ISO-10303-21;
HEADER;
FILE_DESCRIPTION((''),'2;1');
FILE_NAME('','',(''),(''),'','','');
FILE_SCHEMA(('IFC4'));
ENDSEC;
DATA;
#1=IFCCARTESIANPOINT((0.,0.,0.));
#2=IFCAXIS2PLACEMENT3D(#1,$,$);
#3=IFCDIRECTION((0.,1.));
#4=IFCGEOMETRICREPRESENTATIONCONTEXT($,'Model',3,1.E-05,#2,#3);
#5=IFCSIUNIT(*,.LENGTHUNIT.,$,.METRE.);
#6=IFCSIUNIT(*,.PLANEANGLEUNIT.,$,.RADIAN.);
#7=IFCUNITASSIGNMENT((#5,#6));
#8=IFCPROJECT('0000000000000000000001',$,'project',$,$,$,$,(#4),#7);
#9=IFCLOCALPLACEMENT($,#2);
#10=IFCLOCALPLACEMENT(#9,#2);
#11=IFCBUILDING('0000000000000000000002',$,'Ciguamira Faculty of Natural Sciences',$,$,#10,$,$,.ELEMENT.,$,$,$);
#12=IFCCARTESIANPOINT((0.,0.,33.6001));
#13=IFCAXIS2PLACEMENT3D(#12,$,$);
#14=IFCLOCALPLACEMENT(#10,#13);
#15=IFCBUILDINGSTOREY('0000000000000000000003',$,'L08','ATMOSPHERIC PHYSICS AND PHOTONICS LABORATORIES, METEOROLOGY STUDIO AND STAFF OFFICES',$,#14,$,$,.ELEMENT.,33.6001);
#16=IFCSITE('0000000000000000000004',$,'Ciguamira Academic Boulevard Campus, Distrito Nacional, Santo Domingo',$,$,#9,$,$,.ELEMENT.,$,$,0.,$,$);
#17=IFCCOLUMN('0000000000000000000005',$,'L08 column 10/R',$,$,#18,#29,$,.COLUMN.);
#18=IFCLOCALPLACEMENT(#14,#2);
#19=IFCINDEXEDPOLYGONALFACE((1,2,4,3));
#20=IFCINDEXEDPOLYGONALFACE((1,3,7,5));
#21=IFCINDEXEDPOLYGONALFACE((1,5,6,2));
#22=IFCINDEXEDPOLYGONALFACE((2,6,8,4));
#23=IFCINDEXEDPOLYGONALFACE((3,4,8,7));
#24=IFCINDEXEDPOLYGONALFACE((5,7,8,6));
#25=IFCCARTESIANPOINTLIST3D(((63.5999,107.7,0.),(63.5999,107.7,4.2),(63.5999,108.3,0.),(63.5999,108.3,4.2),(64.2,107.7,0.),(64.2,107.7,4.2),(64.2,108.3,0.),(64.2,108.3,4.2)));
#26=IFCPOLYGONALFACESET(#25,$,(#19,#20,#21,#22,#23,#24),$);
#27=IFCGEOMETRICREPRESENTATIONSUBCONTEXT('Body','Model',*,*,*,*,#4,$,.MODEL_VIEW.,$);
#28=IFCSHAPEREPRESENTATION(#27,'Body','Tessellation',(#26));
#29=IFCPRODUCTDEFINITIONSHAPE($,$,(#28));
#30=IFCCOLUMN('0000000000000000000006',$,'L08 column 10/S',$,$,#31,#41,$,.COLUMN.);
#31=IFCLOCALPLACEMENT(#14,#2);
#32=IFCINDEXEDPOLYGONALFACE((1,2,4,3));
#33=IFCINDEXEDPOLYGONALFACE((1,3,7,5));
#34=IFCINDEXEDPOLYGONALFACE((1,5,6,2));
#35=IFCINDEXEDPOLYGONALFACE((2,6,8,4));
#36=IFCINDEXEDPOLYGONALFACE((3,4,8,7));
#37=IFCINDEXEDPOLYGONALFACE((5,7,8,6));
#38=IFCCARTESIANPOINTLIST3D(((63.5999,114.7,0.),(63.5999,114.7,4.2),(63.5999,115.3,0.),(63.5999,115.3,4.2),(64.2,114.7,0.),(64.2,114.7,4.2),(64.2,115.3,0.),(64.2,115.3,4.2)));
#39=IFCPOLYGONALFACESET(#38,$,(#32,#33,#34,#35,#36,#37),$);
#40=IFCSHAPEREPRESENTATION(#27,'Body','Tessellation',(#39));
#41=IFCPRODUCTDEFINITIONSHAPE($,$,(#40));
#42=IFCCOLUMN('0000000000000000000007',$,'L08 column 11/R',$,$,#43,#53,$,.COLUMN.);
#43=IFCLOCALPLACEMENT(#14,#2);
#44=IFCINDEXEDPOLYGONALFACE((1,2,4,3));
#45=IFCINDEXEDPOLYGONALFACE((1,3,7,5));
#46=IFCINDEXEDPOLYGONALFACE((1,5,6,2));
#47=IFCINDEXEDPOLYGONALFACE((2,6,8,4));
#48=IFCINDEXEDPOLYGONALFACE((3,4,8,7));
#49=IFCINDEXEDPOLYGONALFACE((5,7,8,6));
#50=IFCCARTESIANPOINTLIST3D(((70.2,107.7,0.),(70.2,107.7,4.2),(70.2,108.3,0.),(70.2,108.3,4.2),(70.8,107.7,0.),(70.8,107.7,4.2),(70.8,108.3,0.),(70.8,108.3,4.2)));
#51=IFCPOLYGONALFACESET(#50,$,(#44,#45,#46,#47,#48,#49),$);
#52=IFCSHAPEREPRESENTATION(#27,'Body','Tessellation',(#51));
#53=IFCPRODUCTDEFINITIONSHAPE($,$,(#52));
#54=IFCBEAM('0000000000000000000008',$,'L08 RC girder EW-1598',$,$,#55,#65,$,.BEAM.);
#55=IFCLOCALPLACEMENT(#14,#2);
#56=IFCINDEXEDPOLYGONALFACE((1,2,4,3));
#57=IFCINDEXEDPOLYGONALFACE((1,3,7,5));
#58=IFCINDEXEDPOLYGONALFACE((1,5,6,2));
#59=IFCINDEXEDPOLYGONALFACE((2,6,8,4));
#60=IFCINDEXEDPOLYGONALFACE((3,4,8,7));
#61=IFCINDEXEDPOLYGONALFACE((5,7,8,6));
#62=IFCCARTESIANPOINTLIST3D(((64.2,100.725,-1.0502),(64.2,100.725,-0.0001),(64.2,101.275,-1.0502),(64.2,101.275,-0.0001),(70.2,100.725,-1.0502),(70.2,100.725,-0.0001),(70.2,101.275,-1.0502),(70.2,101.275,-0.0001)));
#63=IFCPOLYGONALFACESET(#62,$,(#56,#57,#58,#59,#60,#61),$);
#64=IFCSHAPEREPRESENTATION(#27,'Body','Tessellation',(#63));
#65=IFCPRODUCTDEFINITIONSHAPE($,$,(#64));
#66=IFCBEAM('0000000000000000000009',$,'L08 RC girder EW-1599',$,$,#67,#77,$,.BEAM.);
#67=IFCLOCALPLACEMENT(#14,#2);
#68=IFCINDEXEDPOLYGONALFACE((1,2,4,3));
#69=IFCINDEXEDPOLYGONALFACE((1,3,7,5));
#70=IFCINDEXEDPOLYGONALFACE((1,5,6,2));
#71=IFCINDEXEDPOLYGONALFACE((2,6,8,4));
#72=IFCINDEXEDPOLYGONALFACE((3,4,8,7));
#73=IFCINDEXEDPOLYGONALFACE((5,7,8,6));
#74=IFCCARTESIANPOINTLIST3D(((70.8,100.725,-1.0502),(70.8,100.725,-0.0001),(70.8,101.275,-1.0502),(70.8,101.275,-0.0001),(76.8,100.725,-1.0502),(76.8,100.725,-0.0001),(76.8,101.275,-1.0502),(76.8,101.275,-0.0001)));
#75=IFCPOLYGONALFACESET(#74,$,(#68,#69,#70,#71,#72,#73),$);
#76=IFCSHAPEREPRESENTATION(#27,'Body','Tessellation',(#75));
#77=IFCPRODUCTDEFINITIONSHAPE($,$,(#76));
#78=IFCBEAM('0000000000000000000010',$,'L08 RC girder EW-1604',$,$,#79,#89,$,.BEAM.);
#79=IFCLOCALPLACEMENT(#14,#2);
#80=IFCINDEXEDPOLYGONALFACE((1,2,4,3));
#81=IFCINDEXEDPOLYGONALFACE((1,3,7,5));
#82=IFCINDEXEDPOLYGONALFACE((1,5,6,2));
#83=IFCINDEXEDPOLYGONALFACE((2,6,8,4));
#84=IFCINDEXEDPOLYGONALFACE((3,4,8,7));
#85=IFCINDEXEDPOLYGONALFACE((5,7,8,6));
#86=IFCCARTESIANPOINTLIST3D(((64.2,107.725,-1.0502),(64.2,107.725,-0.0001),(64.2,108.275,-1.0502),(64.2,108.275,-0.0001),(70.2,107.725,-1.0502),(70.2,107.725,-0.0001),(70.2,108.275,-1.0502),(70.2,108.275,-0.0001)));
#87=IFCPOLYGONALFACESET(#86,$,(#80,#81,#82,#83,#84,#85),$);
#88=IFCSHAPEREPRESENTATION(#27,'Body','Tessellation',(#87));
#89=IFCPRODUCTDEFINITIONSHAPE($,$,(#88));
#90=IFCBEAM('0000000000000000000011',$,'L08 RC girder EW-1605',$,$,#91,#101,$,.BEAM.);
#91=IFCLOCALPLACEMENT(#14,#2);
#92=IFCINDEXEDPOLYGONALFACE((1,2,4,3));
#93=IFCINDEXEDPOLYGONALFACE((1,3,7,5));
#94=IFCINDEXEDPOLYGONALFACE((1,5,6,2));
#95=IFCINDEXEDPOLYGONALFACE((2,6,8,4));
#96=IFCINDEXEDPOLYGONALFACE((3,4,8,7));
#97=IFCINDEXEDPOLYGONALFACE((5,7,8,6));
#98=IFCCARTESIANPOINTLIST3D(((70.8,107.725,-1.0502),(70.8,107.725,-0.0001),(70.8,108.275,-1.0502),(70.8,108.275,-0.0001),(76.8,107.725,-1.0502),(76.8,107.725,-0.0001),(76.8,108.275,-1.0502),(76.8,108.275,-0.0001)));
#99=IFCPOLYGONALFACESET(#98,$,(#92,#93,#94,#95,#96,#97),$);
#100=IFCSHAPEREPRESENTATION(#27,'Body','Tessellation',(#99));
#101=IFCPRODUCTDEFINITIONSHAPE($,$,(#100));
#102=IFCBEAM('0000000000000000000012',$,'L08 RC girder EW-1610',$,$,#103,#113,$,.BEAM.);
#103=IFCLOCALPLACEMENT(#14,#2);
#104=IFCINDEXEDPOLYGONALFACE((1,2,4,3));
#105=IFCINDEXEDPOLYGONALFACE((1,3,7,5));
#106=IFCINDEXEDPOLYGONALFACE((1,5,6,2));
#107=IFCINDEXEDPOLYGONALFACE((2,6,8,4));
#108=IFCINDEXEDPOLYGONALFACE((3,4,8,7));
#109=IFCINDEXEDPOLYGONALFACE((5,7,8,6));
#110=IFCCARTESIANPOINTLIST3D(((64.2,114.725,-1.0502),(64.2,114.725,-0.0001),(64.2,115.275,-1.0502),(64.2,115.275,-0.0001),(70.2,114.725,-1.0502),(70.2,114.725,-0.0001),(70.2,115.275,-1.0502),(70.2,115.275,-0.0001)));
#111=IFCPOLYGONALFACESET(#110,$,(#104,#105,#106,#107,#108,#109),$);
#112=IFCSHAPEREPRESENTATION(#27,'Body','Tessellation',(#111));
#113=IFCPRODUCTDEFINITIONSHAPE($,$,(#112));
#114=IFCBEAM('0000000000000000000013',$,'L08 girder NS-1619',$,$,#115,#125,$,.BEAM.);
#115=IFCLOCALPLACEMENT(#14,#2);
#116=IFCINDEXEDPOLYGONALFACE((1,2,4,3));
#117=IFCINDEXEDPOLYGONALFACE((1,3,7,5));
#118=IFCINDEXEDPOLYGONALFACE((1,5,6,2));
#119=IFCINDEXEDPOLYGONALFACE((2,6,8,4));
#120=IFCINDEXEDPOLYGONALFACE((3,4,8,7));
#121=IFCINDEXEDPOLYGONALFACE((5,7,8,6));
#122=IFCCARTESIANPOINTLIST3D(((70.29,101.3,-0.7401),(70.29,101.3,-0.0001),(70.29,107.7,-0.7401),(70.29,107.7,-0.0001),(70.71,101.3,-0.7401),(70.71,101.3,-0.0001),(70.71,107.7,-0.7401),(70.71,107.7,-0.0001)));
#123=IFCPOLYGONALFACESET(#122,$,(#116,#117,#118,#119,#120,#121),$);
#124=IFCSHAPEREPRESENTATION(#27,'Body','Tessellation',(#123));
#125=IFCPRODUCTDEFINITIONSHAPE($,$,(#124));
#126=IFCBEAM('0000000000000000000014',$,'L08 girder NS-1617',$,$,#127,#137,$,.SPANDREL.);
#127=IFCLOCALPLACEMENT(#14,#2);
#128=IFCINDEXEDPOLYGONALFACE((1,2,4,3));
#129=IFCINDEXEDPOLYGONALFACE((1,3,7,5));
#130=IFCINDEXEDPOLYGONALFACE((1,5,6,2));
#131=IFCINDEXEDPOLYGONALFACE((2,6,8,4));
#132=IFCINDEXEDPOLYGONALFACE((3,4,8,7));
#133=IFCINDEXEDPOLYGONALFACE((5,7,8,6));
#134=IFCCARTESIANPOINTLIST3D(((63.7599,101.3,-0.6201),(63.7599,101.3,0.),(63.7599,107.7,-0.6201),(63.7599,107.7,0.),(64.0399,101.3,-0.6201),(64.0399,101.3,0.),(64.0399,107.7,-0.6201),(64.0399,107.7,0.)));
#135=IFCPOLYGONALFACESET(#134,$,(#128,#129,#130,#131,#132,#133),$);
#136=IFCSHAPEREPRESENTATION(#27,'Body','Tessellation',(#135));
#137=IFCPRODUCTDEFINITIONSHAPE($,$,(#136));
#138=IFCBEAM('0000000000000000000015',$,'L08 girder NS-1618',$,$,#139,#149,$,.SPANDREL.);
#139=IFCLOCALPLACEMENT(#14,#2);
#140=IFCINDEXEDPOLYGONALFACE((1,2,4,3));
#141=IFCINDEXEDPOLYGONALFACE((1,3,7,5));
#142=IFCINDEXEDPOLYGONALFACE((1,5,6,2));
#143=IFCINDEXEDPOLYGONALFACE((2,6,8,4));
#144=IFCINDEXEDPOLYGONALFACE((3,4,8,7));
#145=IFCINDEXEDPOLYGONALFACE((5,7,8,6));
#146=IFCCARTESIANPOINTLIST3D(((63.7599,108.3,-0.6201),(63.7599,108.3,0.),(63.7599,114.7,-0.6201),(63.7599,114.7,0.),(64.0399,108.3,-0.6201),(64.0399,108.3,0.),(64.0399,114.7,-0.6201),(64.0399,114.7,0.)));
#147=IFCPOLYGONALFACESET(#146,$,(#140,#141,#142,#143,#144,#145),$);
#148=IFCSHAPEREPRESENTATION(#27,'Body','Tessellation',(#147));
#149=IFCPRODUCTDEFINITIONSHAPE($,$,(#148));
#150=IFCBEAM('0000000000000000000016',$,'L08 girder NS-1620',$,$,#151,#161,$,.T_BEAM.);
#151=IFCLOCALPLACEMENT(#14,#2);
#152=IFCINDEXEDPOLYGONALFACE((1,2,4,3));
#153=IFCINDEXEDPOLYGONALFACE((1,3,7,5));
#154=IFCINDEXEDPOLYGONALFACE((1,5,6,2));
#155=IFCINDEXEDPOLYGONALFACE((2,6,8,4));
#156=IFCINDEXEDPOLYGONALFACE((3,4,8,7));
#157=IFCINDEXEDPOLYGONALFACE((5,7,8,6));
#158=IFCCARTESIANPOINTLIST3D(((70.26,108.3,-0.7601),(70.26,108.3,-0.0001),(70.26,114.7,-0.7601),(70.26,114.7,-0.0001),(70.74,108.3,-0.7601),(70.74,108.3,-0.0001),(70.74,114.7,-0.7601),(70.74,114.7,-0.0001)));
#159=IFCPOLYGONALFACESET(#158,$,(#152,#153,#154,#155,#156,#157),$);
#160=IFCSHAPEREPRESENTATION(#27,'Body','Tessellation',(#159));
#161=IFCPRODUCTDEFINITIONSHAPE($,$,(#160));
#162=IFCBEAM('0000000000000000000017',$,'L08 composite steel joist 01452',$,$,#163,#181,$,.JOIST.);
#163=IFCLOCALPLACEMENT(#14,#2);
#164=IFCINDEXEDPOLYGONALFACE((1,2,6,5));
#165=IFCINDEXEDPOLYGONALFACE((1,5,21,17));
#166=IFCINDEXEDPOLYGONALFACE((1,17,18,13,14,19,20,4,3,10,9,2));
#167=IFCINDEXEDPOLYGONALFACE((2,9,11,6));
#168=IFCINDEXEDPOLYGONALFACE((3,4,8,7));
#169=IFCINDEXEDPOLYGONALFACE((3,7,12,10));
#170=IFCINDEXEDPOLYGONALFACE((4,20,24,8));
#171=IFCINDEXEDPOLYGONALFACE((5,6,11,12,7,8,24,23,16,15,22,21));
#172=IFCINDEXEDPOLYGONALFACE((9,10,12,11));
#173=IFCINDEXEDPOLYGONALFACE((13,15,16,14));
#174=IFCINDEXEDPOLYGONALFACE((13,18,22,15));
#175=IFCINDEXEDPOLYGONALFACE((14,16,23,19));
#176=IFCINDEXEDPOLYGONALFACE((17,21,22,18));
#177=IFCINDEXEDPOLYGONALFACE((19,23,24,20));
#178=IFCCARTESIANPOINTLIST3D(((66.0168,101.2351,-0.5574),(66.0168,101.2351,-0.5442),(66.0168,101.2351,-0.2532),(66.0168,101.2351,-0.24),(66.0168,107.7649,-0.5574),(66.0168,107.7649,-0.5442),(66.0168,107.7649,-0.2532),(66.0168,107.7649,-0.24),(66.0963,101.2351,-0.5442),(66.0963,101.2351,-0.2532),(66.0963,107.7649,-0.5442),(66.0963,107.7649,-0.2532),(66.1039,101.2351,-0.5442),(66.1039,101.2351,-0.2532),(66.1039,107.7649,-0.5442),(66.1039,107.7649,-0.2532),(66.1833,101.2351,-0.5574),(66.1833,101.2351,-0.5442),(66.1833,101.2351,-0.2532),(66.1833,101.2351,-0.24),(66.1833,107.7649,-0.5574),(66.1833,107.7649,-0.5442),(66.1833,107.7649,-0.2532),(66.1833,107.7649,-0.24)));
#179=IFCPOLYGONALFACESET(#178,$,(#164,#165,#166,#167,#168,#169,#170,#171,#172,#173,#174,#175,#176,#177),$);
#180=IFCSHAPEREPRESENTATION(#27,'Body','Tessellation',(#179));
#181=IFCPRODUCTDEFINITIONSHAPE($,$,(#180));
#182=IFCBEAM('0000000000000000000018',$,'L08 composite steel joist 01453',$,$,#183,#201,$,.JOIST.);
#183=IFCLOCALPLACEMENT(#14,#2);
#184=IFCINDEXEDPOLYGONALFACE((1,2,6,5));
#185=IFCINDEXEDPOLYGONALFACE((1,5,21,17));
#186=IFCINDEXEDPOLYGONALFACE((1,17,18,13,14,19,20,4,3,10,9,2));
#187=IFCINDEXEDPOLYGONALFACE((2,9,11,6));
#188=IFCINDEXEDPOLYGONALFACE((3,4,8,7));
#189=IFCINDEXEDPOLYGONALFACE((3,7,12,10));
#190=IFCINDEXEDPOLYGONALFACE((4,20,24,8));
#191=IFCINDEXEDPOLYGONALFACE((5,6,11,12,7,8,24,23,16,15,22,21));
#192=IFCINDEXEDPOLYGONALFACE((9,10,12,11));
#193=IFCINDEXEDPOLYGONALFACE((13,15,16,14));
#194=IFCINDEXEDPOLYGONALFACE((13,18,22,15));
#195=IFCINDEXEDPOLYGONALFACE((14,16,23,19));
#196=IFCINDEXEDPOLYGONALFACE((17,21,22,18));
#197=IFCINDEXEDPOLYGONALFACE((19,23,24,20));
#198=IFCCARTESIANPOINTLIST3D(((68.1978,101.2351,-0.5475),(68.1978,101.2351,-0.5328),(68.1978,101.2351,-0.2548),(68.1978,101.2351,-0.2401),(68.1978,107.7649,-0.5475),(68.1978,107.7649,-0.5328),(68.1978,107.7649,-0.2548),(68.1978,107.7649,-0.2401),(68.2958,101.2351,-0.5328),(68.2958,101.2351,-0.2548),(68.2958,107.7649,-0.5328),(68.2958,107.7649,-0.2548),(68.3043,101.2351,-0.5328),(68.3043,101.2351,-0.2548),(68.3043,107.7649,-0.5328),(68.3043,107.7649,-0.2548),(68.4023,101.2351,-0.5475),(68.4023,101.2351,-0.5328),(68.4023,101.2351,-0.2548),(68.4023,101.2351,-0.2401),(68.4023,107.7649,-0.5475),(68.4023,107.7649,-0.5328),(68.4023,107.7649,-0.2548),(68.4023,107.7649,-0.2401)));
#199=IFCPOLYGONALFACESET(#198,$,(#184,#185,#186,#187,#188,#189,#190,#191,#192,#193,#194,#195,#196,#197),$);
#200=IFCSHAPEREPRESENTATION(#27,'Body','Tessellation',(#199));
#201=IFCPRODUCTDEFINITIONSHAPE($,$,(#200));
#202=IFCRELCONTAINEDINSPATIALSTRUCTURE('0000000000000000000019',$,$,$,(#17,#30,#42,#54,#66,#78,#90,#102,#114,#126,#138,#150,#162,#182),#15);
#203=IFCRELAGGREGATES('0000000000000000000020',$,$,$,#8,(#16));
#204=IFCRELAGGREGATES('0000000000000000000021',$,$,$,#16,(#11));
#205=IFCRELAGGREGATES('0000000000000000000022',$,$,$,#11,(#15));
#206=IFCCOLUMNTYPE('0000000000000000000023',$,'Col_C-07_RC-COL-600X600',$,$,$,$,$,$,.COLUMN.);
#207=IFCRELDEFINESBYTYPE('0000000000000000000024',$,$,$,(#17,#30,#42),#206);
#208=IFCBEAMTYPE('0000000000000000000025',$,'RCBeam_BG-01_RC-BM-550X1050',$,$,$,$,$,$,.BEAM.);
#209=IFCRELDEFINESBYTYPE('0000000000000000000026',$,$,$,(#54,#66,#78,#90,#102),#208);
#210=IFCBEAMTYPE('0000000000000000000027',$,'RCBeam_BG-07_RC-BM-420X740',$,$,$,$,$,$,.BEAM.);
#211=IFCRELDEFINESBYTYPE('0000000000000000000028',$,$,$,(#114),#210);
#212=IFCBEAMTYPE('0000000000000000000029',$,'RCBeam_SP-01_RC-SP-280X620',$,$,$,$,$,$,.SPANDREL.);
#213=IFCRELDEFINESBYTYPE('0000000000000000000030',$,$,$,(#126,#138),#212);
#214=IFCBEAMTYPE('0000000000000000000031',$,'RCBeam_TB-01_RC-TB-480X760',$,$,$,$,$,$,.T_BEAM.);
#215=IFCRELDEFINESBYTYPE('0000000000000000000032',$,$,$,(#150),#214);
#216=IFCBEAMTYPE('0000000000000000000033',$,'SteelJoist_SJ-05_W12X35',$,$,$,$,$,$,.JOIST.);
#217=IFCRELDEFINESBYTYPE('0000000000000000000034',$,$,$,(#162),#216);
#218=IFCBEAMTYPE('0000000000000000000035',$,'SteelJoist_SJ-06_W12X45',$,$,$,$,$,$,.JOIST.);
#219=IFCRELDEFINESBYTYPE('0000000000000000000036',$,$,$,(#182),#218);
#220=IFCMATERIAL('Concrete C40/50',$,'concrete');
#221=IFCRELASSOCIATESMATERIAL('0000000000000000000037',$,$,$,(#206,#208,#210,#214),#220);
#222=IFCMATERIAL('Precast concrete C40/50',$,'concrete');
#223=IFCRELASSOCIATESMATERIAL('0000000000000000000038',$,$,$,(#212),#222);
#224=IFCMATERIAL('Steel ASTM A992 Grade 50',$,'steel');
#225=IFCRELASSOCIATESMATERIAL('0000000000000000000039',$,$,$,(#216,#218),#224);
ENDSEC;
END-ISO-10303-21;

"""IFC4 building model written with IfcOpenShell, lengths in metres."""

from ifc_helpers import new_model, si_unit, direction, frame, origin, origin_2d, place, context, subcontext, project, spatial, rectangle, i_section, extrude, material, material_profile, profile_set, type_object, element, save


model = new_model("IFC4")

# Units and contexts
model_context = context("Model", 3, precision=1e-05, world=origin(), true_north=direction((0.0, 1.0)))
body_context = subcontext(model_context, "Body", "Model", "MODEL_VIEW")
ifc_project = project(units=[si_unit("LENGTHUNIT", "METRE"), si_unit("PLANEANGLEUNIT", "RADIAN")], contexts=[model_context])

# Site, building, storey
site_placement = place(None, origin())
site = spatial("IfcSite", under=ifc_project, at=site_placement, Name="Ciguamira Academic Boulevard Campus, Distrito Nacional, Santo Domingo", CompositionType="ELEMENT", RefElevation=0.0)
building_placement = place(site_placement, origin())
building = spatial("IfcBuilding", under=site, at=building_placement, Name="Ciguamira Faculty of Natural Sciences", CompositionType="ELEMENT")
storey_placement = place(building_placement, frame((0.0, 0.0, 33.6001)))
storey = spatial("IfcBuildingStorey", under=building, at=storey_placement, Name="L08", Description="ATMOSPHERIC PHYSICS AND PHOTONICS LABORATORIES, METEOROLOGY STUDIO AND STAFF OFFICES", CompositionType="ELEMENT", Elevation=33.6001)

# Columns
ifc_material_1 = material(Name="Concrete C40/50", Category="concrete")
ifc_material_profile_1 = material_profile(ifc_material_1, rectangle(XDim=0.6001, YDim=0.6001, at=origin_2d()), Name="RC-COL-600X600")
ifc_profile_set_1 = profile_set([ifc_material_profile_1], Name="Concrete C40/50")
column_type = type_object("IfcColumnType", Name="Col_C-07_RC-COL-600X600", PredefinedType="COLUMN", material=ifc_profile_set_1)
for number, where, z_axis, x_axis, name in (
    (1, (63.8999, 108.0, 0.0), (0.0, 0.0, 1.0), (1.0, 0.0, 0.0), "L08 column 10/R"),
    (2, (63.8999, 115.0, 0.0), (0.0, 0.0, 1.0), (1.0, 0.0, 0.0), "L08 column 10/S"),
    (3, (70.5, 108.0, 0.0), (0.0, 0.0, 1.0), (1.0, 0.0, 0.0), "L08 column 11/R"),
):
    element("IfcColumn", number, at=place(storey_placement, frame(where, z_axis=z_axis, x_axis=x_axis)), inside=storey, type_object=column_type, Name=name, PredefinedType="COLUMN", context=body_context, shape_type="SweptSolid", body=[
        extrude(rectangle(XDim=0.6001, YDim=0.6001, at=origin_2d()), origin(), (0.0, 0.0, 1.0), 4.2),
    ])

# Beams
ifc_material_profile_2 = material_profile(ifc_material_1, rectangle(XDim=0.55, YDim=1.05, at=origin_2d()), Name="RC-BM-550X1050")
ifc_profile_set_2 = profile_set([ifc_material_profile_2], Name="Concrete C40/50")
beam_type_1 = type_object("IfcBeamType", Name="RCBeam_BG-01_RC-BM-550X1050", PredefinedType="BEAM", material=ifc_profile_set_2)
for number, where, z_axis, x_axis, name in (
    (4, (64.2, 101.0, -0.5251), (1.0, 0.0, 0.0), (0.0, 1.0, 0.0), "L08 RC girder EW-1598"),
    (5, (70.8, 101.0, -0.5251), (1.0, 0.0, 0.0), (0.0, 1.0, 0.0), "L08 RC girder EW-1599"),
    (6, (64.2, 108.0, -0.5251), (1.0, 0.0, 0.0), (0.0, 1.0, 0.0), "L08 RC girder EW-1604"),
    (7, (70.8, 108.0, -0.5251), (1.0, 0.0, 0.0), (0.0, 1.0, 0.0), "L08 RC girder EW-1605"),
    (8, (64.2, 115.0, -0.5251), (1.0, 0.0, 0.0), (0.0, 1.0, 0.0), "L08 RC girder EW-1610"),
):
    element("IfcBeam", number, at=place(storey_placement, frame(where, z_axis=z_axis, x_axis=x_axis)), inside=storey, type_object=beam_type_1, Name=name, PredefinedType="BEAM", context=body_context, shape_type="SweptSolid", body=[
        extrude(rectangle(XDim=0.55, YDim=1.05, at=origin_2d()), origin(), (0.0, 0.0, 1.0), 6.0),
    ])
ifc_material_profile_3 = material_profile(ifc_material_1, rectangle(XDim=0.4199, YDim=0.74, at=origin_2d()), Name="RC-BM-420X740")
ifc_profile_set_3 = profile_set([ifc_material_profile_3], Name="Concrete C40/50")
beam_type_2 = type_object("IfcBeamType", Name="RCBeam_BG-07_RC-BM-420X740", PredefinedType="BEAM", material=ifc_profile_set_3)
beam_1_placement = place(storey_placement, frame((70.5, 101.3, -0.3701), z_axis=(0.0, 1.0, 0.0), x_axis=(-1.0, 0.0, 0.0)))
element("IfcBeam", 9, at=beam_1_placement, inside=storey, type_object=beam_type_2, Name="L08 girder NS-1619", PredefinedType="BEAM", context=body_context, shape_type="SweptSolid", body=[
    extrude(rectangle(XDim=0.4199, YDim=0.74, at=origin_2d()), origin(), (0.0, 0.0, 1.0), 6.3999),
])
ifc_material_2 = material(Name="Precast concrete C40/50", Category="concrete")
ifc_material_profile_4 = material_profile(ifc_material_2, rectangle(XDim=0.28, YDim=0.6201, at=origin_2d()), Name="RC-SP-280X620")
ifc_profile_set_4 = profile_set([ifc_material_profile_4], Name="Precast concrete C40/50")
beam_type_3 = type_object("IfcBeamType", Name="RCBeam_SP-01_RC-SP-280X620", PredefinedType="SPANDREL", material=ifc_profile_set_4)
for number, where, z_axis, x_axis, name in (
    (10, (63.8999, 101.3, -0.3101), (0.0, 1.0, 0.0), (-1.0, 0.0, 0.0), "L08 girder NS-1617"),
    (11, (63.8999, 108.3, -0.3101), (0.0, 1.0, 0.0), (-1.0, 0.0, 0.0), "L08 girder NS-1618"),
):
    element("IfcBeam", number, at=place(storey_placement, frame(where, z_axis=z_axis, x_axis=x_axis)), inside=storey, type_object=beam_type_3, Name=name, PredefinedType="SPANDREL", context=body_context, shape_type="SweptSolid", body=[
        extrude(rectangle(XDim=0.28, YDim=0.6201, at=origin_2d()), origin(), (0.0, 0.0, 1.0), 6.3999),
    ])
ifc_material_profile_5 = material_profile(ifc_material_1, rectangle(XDim=0.48, YDim=0.76, at=origin_2d()), Name="RC-TB-480X760")
ifc_profile_set_5 = profile_set([ifc_material_profile_5], Name="Concrete C40/50")
beam_type_4 = type_object("IfcBeamType", Name="RCBeam_TB-01_RC-TB-480X760", PredefinedType="T_BEAM", material=ifc_profile_set_5)
beam_2_placement = place(storey_placement, frame((70.5, 108.3, -0.3801), z_axis=(0.0, 1.0, 0.0), x_axis=(-1.0, 0.0, 0.0)))
element("IfcBeam", 12, at=beam_2_placement, inside=storey, type_object=beam_type_4, Name="L08 girder NS-1620", PredefinedType="T_BEAM", context=body_context, shape_type="SweptSolid", body=[
    extrude(rectangle(XDim=0.48, YDim=0.76, at=origin_2d()), origin(), (0.0, 0.0, 1.0), 6.3999),
])
ifc_material_3 = material(Name="Steel ASTM A992 Grade 50", Category="steel")
ifc_material_profile_6 = material_profile(ifc_material_3, i_section(OverallWidth=0.1665, OverallDepth=0.3174, WebThickness=0.0076, FlangeThickness=0.0132, at=origin_2d()), Name="W12X35")
ifc_profile_set_6 = profile_set([ifc_material_profile_6], Name="Steel ASTM A992 Grade 50")
beam_type_5 = type_object("IfcBeamType", Name="SteelJoist_SJ-05_W12X35", PredefinedType="JOIST", material=ifc_profile_set_6)
beam_3_placement = place(storey_placement, frame((66.1001, 101.2351, -0.3987), z_axis=(0.0, 1.0, 0.0), x_axis=(-1.0, 0.0, 0.0)))
element("IfcBeam", 13, at=beam_3_placement, inside=storey, type_object=beam_type_5, Name="L08 composite steel joist 01452", PredefinedType="JOIST", context=body_context, shape_type="SweptSolid", body=[
    extrude(i_section(OverallWidth=0.1665, OverallDepth=0.3174, WebThickness=0.0076, FlangeThickness=0.0132, at=origin_2d()), origin(), (0.0, 0.0, 1.0), 6.5298),
])
ifc_material_profile_7 = material_profile(ifc_material_3, i_section(OverallWidth=0.2046, OverallDepth=0.3074, WebThickness=0.0085, FlangeThickness=0.0146, at=origin_2d()), Name="W12X45")
ifc_profile_set_7 = profile_set([ifc_material_profile_7], Name="Steel ASTM A992 Grade 50")
beam_type_6 = type_object("IfcBeamType", Name="SteelJoist_SJ-06_W12X45", PredefinedType="JOIST", material=ifc_profile_set_7)
beam_4_placement = place(storey_placement, frame((68.3, 101.2351, -0.3938), z_axis=(0.0, 1.0, 0.0), x_axis=(-1.0, 0.0, 0.0)))
element("IfcBeam", 14, at=beam_4_placement, inside=storey, type_object=beam_type_6, Name="L08 composite steel joist 01453", PredefinedType="JOIST", context=body_context, shape_type="SweptSolid", body=[
    extrude(i_section(OverallWidth=0.2046, OverallDepth=0.3074, WebThickness=0.0085, FlangeThickness=0.0146, at=origin_2d()), origin(), (0.0, 0.0, 1.0), 6.5298),
])

save(model, "model.ifc")
